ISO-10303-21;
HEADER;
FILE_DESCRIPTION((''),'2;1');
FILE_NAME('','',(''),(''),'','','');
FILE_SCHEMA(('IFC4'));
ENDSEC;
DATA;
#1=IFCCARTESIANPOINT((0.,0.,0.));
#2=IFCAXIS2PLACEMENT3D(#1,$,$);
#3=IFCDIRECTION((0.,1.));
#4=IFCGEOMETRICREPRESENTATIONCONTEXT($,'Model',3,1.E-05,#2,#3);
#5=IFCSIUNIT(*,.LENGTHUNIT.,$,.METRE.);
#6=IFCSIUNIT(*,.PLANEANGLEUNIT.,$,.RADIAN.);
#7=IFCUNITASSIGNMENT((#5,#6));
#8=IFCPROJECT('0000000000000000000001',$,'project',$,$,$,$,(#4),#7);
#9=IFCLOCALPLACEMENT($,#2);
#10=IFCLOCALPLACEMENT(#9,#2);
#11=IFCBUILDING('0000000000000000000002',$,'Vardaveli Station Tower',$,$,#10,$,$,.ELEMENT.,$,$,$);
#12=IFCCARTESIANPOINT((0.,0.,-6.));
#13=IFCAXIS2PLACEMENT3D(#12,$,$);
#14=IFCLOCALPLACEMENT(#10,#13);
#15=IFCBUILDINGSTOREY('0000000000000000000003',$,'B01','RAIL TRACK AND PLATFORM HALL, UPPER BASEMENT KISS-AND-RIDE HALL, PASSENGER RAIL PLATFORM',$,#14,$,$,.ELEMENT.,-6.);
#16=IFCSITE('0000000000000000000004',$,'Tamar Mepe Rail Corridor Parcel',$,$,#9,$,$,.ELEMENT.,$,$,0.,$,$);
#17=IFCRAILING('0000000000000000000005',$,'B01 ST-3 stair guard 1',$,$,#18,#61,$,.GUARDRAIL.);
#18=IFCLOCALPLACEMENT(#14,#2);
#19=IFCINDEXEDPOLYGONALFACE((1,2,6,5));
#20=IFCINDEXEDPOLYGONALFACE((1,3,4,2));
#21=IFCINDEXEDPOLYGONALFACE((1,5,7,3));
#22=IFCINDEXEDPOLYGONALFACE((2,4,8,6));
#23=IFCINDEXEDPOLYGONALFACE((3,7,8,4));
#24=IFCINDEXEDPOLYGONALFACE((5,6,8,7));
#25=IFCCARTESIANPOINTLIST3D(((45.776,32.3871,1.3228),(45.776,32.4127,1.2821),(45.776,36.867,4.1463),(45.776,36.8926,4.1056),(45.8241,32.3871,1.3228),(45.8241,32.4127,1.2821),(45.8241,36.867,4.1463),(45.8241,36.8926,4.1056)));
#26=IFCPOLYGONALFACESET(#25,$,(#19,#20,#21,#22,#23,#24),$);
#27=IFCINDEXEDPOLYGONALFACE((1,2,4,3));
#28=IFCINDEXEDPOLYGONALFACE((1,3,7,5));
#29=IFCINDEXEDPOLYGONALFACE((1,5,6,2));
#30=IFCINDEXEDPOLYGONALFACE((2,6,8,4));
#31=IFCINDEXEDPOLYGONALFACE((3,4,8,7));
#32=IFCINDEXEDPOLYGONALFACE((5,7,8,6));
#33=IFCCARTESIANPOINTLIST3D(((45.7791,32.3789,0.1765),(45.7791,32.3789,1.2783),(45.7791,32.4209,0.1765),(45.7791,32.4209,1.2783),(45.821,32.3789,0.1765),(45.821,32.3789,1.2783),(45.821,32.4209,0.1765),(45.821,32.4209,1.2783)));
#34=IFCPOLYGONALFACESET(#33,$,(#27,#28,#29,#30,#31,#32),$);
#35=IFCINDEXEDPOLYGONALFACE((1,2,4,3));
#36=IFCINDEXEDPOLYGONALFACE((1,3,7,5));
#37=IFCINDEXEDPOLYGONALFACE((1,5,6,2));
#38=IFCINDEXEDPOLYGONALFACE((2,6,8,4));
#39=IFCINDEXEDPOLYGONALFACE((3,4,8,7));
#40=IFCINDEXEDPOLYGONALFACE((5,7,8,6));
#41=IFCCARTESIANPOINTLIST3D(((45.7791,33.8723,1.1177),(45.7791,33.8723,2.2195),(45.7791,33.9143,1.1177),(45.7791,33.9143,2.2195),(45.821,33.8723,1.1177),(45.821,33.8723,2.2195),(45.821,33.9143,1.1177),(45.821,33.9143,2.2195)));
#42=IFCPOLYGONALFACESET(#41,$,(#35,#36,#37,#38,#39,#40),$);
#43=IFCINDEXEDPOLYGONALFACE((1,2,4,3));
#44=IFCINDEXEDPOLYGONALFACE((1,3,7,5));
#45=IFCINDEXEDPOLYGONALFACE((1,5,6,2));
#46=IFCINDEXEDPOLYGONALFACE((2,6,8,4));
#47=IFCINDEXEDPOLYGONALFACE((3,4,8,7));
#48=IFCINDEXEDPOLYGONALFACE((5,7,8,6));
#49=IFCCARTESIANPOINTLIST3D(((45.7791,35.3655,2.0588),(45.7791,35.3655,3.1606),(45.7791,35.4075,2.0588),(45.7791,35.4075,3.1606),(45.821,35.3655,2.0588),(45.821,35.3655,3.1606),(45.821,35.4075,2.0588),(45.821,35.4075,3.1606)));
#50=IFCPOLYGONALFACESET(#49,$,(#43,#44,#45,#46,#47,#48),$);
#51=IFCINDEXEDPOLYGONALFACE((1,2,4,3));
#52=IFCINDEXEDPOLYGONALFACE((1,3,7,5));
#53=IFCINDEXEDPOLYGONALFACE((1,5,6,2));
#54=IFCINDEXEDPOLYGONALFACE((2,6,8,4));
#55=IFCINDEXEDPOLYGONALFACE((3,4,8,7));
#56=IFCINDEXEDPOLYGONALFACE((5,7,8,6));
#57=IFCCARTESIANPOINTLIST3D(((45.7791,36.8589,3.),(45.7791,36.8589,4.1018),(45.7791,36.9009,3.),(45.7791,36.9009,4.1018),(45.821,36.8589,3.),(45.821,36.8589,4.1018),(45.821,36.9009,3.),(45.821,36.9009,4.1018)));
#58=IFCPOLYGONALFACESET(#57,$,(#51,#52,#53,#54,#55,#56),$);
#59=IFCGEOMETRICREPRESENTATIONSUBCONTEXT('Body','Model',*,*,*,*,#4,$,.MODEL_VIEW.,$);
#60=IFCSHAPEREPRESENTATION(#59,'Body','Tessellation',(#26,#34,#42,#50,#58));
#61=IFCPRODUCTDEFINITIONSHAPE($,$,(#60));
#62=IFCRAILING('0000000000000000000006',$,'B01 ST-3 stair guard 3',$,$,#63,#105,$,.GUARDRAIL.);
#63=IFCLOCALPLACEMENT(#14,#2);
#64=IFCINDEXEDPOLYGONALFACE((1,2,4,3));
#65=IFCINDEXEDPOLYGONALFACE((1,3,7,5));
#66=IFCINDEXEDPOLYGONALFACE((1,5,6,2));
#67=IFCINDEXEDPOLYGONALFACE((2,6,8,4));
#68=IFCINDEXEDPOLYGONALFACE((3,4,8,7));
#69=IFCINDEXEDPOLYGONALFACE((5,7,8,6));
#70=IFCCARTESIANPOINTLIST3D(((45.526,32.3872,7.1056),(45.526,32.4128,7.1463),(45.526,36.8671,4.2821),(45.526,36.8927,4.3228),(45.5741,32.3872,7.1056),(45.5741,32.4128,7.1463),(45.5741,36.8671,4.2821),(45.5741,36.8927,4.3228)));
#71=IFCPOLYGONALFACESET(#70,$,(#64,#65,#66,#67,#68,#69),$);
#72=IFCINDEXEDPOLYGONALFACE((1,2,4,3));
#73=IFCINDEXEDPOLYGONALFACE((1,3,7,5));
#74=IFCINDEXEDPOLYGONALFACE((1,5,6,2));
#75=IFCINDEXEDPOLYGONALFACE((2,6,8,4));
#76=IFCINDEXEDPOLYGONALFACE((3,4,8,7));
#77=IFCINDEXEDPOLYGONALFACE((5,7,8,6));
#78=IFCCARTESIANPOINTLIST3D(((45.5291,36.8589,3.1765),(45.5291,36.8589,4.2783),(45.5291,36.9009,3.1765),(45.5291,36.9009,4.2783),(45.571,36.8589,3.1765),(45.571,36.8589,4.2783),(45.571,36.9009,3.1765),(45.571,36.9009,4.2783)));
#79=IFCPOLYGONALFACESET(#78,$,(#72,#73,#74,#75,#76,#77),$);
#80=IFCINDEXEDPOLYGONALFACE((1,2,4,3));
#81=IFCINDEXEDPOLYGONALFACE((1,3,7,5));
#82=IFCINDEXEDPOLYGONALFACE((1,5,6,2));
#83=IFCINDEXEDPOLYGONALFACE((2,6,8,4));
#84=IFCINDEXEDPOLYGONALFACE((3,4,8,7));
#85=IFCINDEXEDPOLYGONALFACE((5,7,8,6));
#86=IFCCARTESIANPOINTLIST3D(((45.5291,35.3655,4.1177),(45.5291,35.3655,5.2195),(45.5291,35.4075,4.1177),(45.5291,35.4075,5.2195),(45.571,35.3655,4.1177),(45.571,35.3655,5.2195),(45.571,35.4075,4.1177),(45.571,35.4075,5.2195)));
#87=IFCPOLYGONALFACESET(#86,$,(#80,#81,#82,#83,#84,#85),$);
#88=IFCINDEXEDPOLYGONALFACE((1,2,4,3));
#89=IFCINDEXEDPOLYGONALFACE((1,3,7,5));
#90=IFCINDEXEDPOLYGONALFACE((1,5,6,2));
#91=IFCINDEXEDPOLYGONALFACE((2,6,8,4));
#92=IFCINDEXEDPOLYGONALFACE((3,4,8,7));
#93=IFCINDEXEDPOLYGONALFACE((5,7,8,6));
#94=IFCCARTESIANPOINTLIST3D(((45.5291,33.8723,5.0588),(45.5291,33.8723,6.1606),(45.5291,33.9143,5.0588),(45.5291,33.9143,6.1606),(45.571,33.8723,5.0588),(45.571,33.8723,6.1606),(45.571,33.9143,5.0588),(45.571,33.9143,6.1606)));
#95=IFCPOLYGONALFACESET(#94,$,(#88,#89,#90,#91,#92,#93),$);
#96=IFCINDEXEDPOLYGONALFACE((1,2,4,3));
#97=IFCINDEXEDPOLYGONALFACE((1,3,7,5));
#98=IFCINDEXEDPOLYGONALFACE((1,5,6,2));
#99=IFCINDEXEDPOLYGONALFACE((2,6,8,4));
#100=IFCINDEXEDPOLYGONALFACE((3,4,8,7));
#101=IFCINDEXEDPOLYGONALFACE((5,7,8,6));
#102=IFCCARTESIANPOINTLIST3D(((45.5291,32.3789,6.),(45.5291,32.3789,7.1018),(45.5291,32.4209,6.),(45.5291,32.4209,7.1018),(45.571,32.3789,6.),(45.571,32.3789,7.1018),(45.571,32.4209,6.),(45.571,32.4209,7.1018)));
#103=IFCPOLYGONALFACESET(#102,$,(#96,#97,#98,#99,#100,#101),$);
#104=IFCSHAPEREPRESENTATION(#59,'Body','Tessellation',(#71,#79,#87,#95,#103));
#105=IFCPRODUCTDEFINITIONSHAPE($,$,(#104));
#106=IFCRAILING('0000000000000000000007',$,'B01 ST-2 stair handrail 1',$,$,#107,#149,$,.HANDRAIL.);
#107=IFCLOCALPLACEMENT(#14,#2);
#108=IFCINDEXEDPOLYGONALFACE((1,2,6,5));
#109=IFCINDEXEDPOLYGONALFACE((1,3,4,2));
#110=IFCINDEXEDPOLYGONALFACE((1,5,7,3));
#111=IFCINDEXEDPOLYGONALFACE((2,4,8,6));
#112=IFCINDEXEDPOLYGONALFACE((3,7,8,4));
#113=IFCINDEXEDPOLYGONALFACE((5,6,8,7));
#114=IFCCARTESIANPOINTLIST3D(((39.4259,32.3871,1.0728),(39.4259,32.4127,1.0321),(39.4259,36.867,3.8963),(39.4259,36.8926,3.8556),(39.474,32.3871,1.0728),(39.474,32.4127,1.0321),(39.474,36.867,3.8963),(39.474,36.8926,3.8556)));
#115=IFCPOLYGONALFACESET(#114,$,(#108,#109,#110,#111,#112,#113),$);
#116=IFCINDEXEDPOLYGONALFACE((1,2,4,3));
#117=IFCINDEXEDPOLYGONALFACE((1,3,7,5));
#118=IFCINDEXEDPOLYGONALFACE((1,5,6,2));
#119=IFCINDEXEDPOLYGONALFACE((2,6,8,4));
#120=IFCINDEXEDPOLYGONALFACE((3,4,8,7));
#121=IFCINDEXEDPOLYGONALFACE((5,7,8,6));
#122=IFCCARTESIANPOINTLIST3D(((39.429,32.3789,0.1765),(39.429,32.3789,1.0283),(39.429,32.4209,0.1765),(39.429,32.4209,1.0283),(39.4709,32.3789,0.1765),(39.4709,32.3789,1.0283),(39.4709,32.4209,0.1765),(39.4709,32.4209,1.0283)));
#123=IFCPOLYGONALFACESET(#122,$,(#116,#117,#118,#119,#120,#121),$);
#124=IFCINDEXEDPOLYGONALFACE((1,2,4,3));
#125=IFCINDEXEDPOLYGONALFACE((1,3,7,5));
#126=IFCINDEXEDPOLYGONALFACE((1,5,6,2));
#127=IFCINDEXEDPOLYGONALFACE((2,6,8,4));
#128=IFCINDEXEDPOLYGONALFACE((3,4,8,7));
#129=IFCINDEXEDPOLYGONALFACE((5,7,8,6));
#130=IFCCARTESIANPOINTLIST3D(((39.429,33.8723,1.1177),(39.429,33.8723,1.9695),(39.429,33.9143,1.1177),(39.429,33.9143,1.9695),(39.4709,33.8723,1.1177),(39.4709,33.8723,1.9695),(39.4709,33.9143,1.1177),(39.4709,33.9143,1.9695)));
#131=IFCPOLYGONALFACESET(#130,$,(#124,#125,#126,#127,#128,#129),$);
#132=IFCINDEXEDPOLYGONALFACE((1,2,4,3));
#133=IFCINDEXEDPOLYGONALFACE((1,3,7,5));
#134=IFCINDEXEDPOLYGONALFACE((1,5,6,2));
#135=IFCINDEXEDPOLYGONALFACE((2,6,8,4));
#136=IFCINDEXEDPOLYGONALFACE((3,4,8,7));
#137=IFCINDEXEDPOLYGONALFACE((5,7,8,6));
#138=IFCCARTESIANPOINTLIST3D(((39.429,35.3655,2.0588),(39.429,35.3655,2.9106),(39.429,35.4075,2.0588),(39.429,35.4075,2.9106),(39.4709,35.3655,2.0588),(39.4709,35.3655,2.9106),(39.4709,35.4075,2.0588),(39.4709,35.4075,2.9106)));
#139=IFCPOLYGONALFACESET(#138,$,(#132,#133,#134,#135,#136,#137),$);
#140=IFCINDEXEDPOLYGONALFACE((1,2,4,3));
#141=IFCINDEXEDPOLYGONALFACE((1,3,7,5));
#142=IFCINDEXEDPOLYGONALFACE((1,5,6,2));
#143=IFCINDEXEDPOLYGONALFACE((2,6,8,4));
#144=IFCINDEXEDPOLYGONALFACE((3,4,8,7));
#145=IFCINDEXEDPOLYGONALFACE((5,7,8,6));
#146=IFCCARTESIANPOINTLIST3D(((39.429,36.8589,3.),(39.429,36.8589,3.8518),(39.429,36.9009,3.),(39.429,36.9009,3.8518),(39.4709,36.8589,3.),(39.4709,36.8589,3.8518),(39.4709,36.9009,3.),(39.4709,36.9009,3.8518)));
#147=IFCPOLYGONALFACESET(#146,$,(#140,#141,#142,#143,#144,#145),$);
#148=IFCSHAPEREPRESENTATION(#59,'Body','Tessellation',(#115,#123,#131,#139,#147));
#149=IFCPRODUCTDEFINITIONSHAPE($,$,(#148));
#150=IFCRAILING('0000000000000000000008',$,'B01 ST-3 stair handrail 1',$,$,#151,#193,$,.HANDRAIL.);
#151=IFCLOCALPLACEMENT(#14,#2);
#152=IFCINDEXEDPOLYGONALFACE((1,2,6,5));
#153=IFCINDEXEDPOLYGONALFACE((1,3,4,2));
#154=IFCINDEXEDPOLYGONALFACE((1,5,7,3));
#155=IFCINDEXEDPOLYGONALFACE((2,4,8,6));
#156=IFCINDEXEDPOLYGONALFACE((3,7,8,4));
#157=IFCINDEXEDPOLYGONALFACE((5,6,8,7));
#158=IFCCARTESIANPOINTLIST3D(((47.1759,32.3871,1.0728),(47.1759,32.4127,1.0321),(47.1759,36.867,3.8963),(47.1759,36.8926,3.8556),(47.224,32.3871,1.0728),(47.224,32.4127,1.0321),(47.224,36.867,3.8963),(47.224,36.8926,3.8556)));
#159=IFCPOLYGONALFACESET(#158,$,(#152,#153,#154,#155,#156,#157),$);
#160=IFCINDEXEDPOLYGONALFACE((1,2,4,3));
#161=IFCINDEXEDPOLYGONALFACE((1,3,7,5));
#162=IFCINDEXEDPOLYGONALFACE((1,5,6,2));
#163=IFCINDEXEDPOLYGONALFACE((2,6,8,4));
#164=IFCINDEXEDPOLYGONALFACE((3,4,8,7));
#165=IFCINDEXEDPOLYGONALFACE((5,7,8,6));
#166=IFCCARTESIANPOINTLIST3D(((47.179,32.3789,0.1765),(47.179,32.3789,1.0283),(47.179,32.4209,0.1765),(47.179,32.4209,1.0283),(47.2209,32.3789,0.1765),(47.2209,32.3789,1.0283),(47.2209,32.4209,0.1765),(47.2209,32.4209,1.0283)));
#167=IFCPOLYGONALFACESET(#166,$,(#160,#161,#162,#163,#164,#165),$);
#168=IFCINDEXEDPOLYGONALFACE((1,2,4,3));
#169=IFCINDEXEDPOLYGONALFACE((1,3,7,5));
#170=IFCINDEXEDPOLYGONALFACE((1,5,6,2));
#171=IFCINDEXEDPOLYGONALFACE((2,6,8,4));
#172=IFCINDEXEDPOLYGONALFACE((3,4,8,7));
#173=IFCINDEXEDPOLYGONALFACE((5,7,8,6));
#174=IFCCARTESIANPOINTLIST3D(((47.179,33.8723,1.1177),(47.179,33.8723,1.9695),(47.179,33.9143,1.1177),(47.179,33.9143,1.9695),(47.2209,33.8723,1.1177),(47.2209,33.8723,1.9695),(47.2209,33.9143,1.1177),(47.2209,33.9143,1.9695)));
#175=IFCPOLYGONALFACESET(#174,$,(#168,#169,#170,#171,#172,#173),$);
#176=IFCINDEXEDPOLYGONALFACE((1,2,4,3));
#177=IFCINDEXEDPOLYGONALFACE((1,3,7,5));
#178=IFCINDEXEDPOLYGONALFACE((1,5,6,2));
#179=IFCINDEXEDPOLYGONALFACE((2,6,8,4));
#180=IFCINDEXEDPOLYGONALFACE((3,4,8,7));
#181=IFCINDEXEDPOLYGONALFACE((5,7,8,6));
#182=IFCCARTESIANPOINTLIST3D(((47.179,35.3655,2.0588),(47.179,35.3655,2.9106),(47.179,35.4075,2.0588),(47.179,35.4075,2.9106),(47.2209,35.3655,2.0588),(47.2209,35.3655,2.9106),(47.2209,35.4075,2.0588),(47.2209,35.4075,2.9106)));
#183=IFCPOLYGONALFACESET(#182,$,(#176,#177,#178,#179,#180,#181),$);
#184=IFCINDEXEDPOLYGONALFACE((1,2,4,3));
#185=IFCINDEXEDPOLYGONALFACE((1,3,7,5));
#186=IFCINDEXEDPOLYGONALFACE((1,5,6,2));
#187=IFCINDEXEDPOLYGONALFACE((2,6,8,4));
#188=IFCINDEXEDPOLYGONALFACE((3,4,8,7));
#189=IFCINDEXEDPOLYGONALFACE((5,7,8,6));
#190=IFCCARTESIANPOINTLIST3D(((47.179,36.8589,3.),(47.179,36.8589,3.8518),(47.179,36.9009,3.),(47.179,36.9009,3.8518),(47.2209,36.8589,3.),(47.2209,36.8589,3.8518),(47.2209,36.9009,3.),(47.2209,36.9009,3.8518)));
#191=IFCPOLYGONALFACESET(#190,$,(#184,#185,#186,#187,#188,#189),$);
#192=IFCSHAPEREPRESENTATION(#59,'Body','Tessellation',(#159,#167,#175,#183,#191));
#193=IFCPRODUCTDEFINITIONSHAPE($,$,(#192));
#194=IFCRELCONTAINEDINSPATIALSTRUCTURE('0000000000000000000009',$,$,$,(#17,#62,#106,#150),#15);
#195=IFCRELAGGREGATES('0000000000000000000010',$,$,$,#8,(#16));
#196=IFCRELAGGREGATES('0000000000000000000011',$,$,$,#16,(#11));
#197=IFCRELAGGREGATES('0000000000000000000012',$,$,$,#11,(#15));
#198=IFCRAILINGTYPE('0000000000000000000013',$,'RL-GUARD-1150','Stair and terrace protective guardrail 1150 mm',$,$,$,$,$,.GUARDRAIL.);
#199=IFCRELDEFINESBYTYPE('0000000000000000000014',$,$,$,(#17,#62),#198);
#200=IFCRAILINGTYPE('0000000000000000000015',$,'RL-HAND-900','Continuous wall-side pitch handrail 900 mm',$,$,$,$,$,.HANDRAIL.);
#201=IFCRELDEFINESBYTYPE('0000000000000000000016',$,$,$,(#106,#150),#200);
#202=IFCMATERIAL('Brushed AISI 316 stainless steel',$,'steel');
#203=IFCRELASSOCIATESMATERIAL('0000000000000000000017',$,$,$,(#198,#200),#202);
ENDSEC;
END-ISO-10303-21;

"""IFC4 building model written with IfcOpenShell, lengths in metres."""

from ifc_helpers import new_model, si_unit, direction, frame, origin, origin_2d, place, context, subcontext, project, spatial, rectangle, extrude, source, transform, mapped, material, type_object, element, save


model = new_model("IFC4")

# Units and contexts
model_context = context("Model", 3, precision=1e-05, world=origin(), true_north=direction((0.0, 1.0)))
body_context = subcontext(model_context, "Body", "Model", "MODEL_VIEW")
ifc_project = project(units=[si_unit("LENGTHUNIT", "METRE"), si_unit("PLANEANGLEUNIT", "RADIAN")], contexts=[model_context])

# Site, building, storey
site_placement = place(None, origin())
site = spatial("IfcSite", under=ifc_project, at=site_placement, Name="Tamar Mepe Rail Corridor Parcel", CompositionType="ELEMENT", RefElevation=0.0)
building_placement = place(site_placement, origin())
building = spatial("IfcBuilding", under=site, at=building_placement, Name="Vardaveli Station Tower", CompositionType="ELEMENT")
storey_placement = place(building_placement, frame((0.0, 0.0, -6.0)))
storey = spatial("IfcBuildingStorey", under=building, at=storey_placement, Name="B01", Description="RAIL TRACK AND PLATFORM HALL, UPPER BASEMENT KISS-AND-RIDE HALL, PASSENGER RAIL PLATFORM", CompositionType="ELEMENT", Elevation=-6.0)

# Railings
ifc_material_1 = material(Name="Brushed AISI 316 stainless steel", Category="steel")
railing_type_1 = type_object("IfcRailingType", Name="RL-GUARD-1150", Description="Stair and terrace protective guardrail 1150 mm", PredefinedType="GUARDRAIL", material=ifc_material_1)
shared_shape_1 = source(origin(), body_context, "Body", "SweptSolid", [
    extrude(rectangle(XDim=0.0481, YDim=0.0481, at=origin_2d()), frame((0.0, 0.0, 1.126), z_axis=(0.0, 0.845998, 0.533186), x_axis=(-1.0, 0.0, 0.0)), (0.0, 0.0, 1.0), 5.2954),
    extrude(rectangle(XDim=0.042, YDim=0.042, at=origin_2d()), origin(), (0.0, 0.0, 1.0), 1.1018),
    extrude(rectangle(XDim=0.042, YDim=0.042, at=origin_2d()), frame((0.0, 1.4934, 0.9412)), (0.0, 0.0, 1.0), 1.1018),
    extrude(rectangle(XDim=0.042, YDim=0.042, at=origin_2d()), frame((0.0, 2.9866, 1.8823)), (0.0, 0.0, 1.0), 1.1018),
    extrude(rectangle(XDim=0.042, YDim=0.042, at=origin_2d()), frame((0.0, 4.48, 2.8235)), (0.0, 0.0, 1.0), 1.1018),
])
railing_1_placement = place(storey_placement, frame((45.8, 32.3999, 0.1765)))
element("IfcRailing", 1, at=railing_1_placement, inside=storey, type_object=railing_type_1, Name="B01 ST-3 stair guard 1", PredefinedType="GUARDRAIL", context=body_context, shape_type="MappedRepresentation", body=[
    mapped(shared_shape_1, transform((0.0, 0.0, 0.0), scale=1.0)),
])
shared_shape_2 = source(origin(), body_context, "Body", "SweptSolid", [
    extrude(rectangle(XDim=0.0481, YDim=0.0481, at=origin_2d()), frame((0.0, 0.0, 1.126), z_axis=(0.0, -0.845998, 0.533186), x_axis=(1.0, 0.0, 0.0)), (0.0, 0.0, 1.0), 5.2954),
    extrude(rectangle(XDim=0.042, YDim=0.042, at=origin_2d()), origin(), (0.0, 0.0, 1.0), 1.1018),
    extrude(rectangle(XDim=0.042, YDim=0.042, at=origin_2d()), frame((0.0, -1.4934, 0.9412)), (0.0, 0.0, 1.0), 1.1018),
    extrude(rectangle(XDim=0.042, YDim=0.042, at=origin_2d()), frame((0.0, -2.9866, 1.8823)), (0.0, 0.0, 1.0), 1.1018),
    extrude(rectangle(XDim=0.042, YDim=0.042, at=origin_2d()), frame((0.0, -4.48, 2.8235)), (0.0, 0.0, 1.0), 1.1018),
])
railing_2_placement = place(storey_placement, frame((45.55, 36.8799, 3.1765)))
element("IfcRailing", 2, at=railing_2_placement, inside=storey, type_object=railing_type_1, Name="B01 ST-3 stair guard 3", PredefinedType="GUARDRAIL", context=body_context, shape_type="MappedRepresentation", body=[
    mapped(shared_shape_2, transform((0.0, 0.0, 0.0), scale=1.0)),
])
railing_type_2 = type_object("IfcRailingType", Name="RL-HAND-900", Description="Continuous wall-side pitch handrail 900 mm", PredefinedType="HANDRAIL", material=ifc_material_1)
shared_shape_3 = source(origin(), body_context, "Body", "SweptSolid", [
    extrude(rectangle(XDim=0.0481, YDim=0.0481, at=origin_2d()), frame((0.0, 0.0, 0.876), z_axis=(0.0, 0.845998, 0.533186), x_axis=(-1.0, 0.0, 0.0)), (0.0, 0.0, 1.0), 5.2954),
    extrude(rectangle(XDim=0.042, YDim=0.042, at=origin_2d()), origin(), (0.0, 0.0, 1.0), 0.8518),
    extrude(rectangle(XDim=0.042, YDim=0.042, at=origin_2d()), frame((0.0, 1.4934, 0.9412)), (0.0, 0.0, 1.0), 0.8518),
    extrude(rectangle(XDim=0.042, YDim=0.042, at=origin_2d()), frame((0.0, 2.9866, 1.8823)), (0.0, 0.0, 1.0), 0.8518),
    extrude(rectangle(XDim=0.042, YDim=0.042, at=origin_2d()), frame((0.0, 4.48, 2.8235)), (0.0, 0.0, 1.0), 0.8518),
])
for number, where, name in (
    (3, (39.45, 32.3999, 0.1765), "B01 ST-2 stair handrail 1"),
    (4, (47.2, 32.3999, 0.1765), "B01 ST-3 stair handrail 1"),
):
    element("IfcRailing", number, at=place(storey_placement, frame(where)), inside=storey, type_object=railing_type_2, Name=name, PredefinedType="HANDRAIL", context=body_context, shape_type="MappedRepresentation", body=[
        mapped(shared_shape_3, transform((0.0, 0.0, 0.0), scale=1.0)),
    ])

save(model, "model.ifc")
